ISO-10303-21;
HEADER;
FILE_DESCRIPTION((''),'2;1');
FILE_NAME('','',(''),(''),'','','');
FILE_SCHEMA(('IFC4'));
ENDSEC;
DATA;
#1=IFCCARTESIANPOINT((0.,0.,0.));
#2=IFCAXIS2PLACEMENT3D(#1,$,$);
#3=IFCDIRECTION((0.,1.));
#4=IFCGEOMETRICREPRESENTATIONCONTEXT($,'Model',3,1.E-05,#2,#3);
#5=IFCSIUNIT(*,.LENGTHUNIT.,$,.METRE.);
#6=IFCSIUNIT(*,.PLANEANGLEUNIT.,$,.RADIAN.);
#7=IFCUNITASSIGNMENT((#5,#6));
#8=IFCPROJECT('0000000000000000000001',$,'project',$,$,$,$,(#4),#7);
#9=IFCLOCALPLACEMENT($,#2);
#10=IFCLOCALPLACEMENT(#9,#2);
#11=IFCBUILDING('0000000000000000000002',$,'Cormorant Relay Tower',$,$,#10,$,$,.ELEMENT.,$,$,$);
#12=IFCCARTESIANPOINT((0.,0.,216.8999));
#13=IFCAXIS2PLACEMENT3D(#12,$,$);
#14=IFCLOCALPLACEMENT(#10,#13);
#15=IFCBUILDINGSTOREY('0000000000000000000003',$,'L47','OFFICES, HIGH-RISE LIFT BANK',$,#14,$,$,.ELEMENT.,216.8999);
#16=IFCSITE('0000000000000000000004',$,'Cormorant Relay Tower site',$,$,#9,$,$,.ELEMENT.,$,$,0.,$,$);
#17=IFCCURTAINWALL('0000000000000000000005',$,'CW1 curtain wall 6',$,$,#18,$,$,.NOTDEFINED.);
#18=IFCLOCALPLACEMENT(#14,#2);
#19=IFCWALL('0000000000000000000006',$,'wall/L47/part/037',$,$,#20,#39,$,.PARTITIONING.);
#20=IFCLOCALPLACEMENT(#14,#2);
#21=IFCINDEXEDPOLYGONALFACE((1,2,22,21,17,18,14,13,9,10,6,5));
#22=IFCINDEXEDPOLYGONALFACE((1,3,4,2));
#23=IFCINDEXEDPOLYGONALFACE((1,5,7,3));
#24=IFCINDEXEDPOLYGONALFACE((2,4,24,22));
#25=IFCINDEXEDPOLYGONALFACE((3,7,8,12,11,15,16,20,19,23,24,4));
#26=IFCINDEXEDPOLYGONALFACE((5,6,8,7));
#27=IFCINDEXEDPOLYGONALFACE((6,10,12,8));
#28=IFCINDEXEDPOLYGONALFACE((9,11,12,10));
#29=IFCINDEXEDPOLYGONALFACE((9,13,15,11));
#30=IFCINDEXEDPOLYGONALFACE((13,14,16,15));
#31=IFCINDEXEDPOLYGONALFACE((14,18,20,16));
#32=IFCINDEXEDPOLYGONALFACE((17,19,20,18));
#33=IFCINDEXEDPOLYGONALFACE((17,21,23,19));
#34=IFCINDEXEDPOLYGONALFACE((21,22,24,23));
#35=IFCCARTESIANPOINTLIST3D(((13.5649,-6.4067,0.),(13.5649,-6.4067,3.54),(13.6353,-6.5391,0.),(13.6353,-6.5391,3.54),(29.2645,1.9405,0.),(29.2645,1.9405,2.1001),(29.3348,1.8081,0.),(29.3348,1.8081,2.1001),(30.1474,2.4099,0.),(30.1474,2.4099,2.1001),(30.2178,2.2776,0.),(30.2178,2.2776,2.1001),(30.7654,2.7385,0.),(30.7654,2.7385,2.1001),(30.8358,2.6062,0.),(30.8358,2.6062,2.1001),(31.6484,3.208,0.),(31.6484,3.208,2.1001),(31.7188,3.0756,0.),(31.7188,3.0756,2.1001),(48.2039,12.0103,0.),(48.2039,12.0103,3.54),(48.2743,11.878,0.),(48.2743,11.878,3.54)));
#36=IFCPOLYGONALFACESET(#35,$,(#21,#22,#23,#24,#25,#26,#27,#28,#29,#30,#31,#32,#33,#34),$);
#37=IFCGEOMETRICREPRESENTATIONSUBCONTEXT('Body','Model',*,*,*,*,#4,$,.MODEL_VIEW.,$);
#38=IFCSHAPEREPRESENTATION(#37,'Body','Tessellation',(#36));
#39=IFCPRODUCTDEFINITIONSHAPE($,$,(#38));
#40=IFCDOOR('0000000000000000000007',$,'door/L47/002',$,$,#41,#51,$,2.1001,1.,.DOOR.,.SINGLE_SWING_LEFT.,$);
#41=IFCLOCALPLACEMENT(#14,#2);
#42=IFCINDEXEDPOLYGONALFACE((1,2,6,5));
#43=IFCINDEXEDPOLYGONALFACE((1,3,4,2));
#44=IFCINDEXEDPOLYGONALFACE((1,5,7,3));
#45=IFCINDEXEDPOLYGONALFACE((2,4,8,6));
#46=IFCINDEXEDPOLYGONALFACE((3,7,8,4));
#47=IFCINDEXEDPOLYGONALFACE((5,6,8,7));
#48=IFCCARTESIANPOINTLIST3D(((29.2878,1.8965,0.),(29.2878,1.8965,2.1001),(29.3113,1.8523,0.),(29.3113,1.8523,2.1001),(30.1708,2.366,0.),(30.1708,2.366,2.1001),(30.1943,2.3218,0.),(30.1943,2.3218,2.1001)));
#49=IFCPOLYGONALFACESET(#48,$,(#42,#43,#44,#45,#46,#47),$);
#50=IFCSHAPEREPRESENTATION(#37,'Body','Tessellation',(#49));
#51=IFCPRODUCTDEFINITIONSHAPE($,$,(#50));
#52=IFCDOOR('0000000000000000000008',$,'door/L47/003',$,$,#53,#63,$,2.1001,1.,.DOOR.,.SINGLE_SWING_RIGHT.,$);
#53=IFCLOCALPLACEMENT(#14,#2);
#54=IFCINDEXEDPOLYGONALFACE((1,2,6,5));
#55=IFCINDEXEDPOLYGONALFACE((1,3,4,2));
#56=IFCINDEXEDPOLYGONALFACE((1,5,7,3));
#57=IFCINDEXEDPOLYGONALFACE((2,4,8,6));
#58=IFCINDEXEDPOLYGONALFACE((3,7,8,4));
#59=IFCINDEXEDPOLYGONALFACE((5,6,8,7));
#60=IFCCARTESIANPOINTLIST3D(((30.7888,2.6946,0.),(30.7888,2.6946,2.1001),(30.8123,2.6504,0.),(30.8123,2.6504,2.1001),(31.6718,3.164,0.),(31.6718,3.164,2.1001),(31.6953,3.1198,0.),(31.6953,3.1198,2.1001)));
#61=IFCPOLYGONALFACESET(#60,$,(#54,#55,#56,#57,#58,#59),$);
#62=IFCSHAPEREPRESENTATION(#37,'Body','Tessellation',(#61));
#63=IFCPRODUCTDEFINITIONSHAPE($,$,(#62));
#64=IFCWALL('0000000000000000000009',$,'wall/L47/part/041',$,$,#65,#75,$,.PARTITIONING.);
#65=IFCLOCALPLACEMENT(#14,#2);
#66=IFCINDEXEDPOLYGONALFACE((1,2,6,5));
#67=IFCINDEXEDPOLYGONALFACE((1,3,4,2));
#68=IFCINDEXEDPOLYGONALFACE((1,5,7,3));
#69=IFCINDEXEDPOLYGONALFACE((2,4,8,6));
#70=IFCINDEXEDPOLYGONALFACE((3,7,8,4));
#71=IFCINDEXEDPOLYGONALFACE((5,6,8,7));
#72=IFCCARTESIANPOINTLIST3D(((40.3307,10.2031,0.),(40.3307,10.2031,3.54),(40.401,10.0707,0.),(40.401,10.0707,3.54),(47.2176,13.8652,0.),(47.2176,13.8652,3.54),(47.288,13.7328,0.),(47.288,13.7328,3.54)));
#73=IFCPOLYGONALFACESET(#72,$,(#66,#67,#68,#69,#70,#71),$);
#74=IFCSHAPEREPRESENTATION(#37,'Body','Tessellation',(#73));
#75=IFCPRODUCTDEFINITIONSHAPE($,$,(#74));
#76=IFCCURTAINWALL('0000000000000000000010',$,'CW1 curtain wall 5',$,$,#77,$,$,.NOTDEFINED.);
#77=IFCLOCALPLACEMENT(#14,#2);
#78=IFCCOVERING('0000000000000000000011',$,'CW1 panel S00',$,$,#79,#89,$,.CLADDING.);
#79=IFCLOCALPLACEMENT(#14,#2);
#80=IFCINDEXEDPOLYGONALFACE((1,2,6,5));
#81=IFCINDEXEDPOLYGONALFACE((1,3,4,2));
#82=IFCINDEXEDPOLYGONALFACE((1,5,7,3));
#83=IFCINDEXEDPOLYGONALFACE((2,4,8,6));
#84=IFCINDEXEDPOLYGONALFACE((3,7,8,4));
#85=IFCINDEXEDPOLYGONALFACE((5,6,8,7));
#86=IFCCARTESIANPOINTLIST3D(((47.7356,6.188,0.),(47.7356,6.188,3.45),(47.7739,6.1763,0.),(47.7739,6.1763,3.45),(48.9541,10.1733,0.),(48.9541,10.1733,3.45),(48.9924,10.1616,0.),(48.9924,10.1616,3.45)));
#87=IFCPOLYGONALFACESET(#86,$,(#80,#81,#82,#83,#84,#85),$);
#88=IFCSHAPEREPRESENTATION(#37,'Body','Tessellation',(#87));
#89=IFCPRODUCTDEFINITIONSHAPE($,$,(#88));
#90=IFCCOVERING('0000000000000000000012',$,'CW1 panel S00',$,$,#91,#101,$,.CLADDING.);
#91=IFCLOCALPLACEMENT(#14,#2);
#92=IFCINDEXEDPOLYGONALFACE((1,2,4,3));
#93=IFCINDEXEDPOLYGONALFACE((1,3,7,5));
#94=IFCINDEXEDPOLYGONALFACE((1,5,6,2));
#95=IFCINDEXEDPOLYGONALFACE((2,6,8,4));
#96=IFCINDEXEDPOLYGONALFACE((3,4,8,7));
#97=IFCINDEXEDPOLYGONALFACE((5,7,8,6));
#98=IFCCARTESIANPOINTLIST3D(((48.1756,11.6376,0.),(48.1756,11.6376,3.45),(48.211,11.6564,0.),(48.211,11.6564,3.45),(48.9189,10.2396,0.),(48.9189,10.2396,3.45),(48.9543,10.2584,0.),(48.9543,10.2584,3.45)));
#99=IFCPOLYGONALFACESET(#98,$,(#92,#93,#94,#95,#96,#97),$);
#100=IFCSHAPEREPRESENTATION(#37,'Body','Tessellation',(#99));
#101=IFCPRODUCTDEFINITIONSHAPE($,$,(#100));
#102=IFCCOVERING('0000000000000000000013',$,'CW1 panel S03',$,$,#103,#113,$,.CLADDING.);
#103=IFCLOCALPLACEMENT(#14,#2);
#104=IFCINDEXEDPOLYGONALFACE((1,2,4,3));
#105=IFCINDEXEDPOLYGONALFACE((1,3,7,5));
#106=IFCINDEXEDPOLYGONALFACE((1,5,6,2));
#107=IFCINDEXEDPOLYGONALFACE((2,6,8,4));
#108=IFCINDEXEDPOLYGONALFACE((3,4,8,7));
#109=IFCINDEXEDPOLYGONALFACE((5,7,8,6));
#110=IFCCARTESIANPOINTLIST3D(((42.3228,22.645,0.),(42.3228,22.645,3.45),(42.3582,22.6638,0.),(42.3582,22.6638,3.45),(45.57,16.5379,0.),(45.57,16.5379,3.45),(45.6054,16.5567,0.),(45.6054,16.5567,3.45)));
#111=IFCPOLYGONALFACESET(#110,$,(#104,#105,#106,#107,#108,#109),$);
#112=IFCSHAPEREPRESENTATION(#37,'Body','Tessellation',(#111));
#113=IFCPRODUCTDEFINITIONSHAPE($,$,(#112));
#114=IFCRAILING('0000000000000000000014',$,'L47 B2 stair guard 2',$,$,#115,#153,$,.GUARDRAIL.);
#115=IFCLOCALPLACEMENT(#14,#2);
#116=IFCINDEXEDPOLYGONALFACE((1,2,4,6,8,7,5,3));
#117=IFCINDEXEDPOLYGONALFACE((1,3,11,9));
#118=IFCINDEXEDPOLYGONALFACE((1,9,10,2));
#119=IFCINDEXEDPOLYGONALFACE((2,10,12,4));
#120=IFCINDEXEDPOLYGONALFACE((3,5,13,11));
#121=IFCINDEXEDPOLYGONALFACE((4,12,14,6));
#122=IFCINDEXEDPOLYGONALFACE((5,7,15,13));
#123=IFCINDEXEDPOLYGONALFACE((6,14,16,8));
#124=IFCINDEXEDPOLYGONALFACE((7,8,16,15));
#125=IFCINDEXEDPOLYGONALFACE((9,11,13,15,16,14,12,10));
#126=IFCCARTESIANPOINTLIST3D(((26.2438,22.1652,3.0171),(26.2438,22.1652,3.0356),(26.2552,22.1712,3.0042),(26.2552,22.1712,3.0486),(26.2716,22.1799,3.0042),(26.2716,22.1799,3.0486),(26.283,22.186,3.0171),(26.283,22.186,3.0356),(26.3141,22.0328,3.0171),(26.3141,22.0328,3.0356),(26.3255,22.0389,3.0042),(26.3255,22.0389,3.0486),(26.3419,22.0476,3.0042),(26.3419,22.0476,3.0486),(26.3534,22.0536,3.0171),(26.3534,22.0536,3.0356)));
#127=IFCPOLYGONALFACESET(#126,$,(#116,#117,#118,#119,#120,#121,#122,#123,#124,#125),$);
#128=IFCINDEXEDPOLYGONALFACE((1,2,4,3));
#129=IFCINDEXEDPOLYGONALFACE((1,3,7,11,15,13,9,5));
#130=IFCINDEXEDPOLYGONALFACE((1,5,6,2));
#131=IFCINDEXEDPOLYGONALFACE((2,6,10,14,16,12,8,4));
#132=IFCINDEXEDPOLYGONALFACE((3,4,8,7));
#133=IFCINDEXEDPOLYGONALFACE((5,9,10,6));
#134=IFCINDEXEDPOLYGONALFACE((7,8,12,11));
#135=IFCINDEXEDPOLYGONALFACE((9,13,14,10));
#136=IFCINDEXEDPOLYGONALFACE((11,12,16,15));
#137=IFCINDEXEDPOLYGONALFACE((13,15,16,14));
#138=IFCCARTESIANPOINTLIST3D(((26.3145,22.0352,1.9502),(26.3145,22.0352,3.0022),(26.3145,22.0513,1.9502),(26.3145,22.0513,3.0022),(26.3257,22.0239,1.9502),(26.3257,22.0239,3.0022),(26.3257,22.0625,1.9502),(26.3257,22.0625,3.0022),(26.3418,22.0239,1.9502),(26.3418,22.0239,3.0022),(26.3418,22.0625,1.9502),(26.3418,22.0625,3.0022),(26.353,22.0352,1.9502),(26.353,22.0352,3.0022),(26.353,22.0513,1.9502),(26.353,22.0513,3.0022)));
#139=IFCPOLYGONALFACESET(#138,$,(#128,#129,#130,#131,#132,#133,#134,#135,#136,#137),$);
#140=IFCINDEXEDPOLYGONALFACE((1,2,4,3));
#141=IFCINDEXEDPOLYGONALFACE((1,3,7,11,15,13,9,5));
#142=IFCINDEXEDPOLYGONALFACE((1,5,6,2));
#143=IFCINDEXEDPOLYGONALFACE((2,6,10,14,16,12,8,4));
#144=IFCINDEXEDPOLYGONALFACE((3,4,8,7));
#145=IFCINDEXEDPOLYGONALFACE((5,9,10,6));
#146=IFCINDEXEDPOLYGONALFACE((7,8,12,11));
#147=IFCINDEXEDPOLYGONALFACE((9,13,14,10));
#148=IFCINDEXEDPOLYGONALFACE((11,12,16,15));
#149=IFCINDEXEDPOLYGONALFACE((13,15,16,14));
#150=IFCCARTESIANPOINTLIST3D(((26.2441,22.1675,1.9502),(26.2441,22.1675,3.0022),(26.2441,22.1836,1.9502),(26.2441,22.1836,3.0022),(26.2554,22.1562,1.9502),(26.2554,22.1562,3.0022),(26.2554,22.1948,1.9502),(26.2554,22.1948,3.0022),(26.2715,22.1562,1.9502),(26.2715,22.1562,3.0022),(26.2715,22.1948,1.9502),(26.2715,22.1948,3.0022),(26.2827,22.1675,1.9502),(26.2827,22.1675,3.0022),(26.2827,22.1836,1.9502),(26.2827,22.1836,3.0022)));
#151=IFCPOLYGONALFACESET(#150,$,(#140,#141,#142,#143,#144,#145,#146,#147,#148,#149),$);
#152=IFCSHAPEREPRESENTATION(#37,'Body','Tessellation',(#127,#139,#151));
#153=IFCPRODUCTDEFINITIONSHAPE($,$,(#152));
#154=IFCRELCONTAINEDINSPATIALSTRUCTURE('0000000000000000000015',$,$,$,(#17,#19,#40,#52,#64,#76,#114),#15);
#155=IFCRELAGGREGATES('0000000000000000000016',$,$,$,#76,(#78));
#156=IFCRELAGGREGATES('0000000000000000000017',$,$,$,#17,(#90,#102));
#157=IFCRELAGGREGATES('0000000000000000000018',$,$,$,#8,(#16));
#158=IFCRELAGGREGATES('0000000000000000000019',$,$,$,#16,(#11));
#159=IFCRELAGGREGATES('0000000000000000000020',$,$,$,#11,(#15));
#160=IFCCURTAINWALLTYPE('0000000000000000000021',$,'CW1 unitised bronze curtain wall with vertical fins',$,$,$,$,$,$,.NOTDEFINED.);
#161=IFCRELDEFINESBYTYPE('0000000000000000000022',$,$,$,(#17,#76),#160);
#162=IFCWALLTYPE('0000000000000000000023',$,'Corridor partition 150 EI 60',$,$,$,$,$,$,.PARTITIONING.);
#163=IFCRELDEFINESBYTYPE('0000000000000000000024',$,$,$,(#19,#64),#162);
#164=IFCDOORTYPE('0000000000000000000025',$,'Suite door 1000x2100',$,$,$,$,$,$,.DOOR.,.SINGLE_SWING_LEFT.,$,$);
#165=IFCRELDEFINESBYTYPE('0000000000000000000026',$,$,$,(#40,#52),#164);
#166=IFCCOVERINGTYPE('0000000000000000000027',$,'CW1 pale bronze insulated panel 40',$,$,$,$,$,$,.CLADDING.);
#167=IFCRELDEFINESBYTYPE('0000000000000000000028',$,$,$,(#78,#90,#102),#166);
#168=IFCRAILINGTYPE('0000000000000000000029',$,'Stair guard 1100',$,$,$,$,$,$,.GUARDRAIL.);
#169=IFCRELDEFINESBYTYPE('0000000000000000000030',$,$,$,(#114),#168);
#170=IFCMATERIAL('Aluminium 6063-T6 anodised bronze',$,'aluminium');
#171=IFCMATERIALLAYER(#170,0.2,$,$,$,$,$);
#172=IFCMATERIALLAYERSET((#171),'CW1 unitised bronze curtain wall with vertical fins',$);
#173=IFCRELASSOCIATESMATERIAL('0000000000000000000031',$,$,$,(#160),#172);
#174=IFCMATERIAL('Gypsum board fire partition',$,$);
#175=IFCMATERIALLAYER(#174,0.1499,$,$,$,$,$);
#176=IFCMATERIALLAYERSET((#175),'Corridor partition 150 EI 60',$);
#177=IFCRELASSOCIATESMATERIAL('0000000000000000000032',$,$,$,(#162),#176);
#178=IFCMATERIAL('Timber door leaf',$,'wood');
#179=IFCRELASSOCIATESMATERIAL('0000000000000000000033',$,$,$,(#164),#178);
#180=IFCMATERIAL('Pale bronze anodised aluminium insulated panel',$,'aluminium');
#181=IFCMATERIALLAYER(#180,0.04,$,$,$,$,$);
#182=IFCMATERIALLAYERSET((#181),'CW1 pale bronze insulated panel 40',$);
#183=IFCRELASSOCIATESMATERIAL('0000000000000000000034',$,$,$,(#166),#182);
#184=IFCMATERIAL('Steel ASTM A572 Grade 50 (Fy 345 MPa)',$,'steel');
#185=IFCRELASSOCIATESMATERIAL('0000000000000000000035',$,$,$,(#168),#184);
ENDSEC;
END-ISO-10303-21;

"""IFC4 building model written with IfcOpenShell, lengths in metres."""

from ifc_helpers import new_model, si_unit, direction, frame, frame_2d, origin, origin_2d, place, context, subcontext, project, spatial, polyline, rectangle, outline, extrude, material, layer, layer_set, type_object, element, fill, aggregate, save


model = new_model("IFC4")

# Units and contexts
model_context = context("Model", 3, precision=1e-05, world=origin(), true_north=direction((0.0, 1.0)))
body_context = subcontext(model_context, "Body", "Model", "MODEL_VIEW")
ifc_project = project(units=[si_unit("LENGTHUNIT", "METRE"), si_unit("PLANEANGLEUNIT", "RADIAN")], contexts=[model_context])

# Site, building, storey
site_placement = place(None, origin())
site = spatial("IfcSite", under=ifc_project, at=site_placement, Name="Cormorant Relay Tower site", CompositionType="ELEMENT", RefElevation=0.0)
building_placement = place(site_placement, origin())
building = spatial("IfcBuilding", under=site, at=building_placement, Name="Cormorant Relay Tower", CompositionType="ELEMENT")
storey_placement = place(building_placement, frame((0.0, 0.0, 216.8999)))
storey = spatial("IfcBuildingStorey", under=building, at=storey_placement, Name="L47", Description="OFFICES, HIGH-RISE LIFT BANK", CompositionType="ELEMENT", Elevation=216.8999)

# Curtain wall
ifc_material_1 = material(Name="Aluminium 6063-T6 anodised bronze", Category="aluminium")
ifc_layer_1 = layer(ifc_material_1, 0.2)
ifc_layer_set_1 = layer_set([ifc_layer_1], Name="CW1 unitised bronze curtain wall with vertical fins")
curtain_wall_type = type_object("IfcCurtainWallType", Name="CW1 unitised bronze curtain wall with vertical fins", PredefinedType="NOTDEFINED", material=ifc_layer_set_1)
curtain_wall_1_placement = place(storey_placement, origin())
curtain_wall_1 = element("IfcCurtainWall", 1, at=curtain_wall_1_placement, inside=storey, type_object=curtain_wall_type, Name="CW1 curtain wall 6", PredefinedType="NOTDEFINED")

# Wall, openings, doors
ifc_material_2 = material(Name="Gypsum board fire partition")
ifc_layer_2 = layer(ifc_material_2, 0.1499)
ifc_layer_set_2 = layer_set([ifc_layer_2], Name="Corridor partition 150 EI 60")
wall_type_1 = type_object("IfcWallType", Name="Corridor partition 150 EI 60", PredefinedType="PARTITIONING", material=ifc_layer_set_2)
wall_1_placement = place(storey_placement, frame((48.239, 11.9441, 0.0), z_axis=(0.0, 0.0, 1.0), x_axis=(-0.882957, -0.469455, 0.0)))
wall_1 = element("IfcWall", 2, at=wall_1_placement, inside=storey, type_object=wall_type_1, Name="wall/L47/part/037", PredefinedType="PARTITIONING", context=body_context, shape_type="SweptSolid", body=[
    extrude(rectangle(XDim=39.2307, YDim=0.1499, at=frame_2d((19.6152, 0.0))), origin(), (0.0, 0.0, 1.0), 3.54),
])
opening_1_placement = place(wall_1_placement, frame((20.45, 0.0, 0.0)))
opening_1 = element("IfcOpeningElement", 3, at=opening_1_placement, cuts=wall_1, PredefinedType="OPENING", context=body_context, shape_type="SweptSolid", body=[
    extrude(rectangle(XDim=1.0, YDim=2.1001, at=frame_2d((0.5, 1.05))), frame((0.0, 0.085, 0.0), z_axis=(0.0, -1.0, 0.0), x_axis=(1.0, 0.0, 0.0)), (0.0, 0.0, 1.0), 0.1699),
])
opening_2_placement = place(wall_1_placement, frame((18.75, 0.0, 0.0)))
opening_2 = element("IfcOpeningElement", 4, at=opening_2_placement, cuts=wall_1, PredefinedType="OPENING", context=body_context, shape_type="SweptSolid", body=[
    extrude(rectangle(XDim=1.0, YDim=2.1001, at=frame_2d((0.5, 1.05))), frame((0.0, 0.085, 0.0), z_axis=(0.0, -1.0, 0.0), x_axis=(1.0, 0.0, 0.0)), (0.0, 0.0, 1.0), 0.1699),
])
ifc_material_3 = material(Name="Timber door leaf", Category="wood")
door_type_1 = type_object("IfcDoorType", Name="Suite door 1000x2100", OperationType="SINGLE_SWING_LEFT", PredefinedType="DOOR", material=ifc_material_3)
door_1_placement = place(opening_1_placement, origin())
door_1 = element("IfcDoor", 5, at=door_1_placement, inside=storey, type_object=door_type_1, Name="door/L47/002", OperationType="SINGLE_SWING_LEFT", OverallHeight=2.1001, OverallWidth=1.0, PredefinedType="DOOR", context=body_context, shape_type="SweptSolid", body=[
    extrude(rectangle(XDim=1.0, YDim=2.1001, at=frame_2d((0.5, 1.05))), frame((0.0, 0.0249, 0.0), z_axis=(0.0, -1.0, 0.0), x_axis=(1.0, 0.0, 0.0)), (0.0, 0.0, 1.0), 0.05),
])
fill(opening_1, door_1)
door_2_placement = place(opening_2_placement, origin())
door_2 = element("IfcDoor", 6, at=door_2_placement, inside=storey, type_object=door_type_1, Name="door/L47/003", OperationType="SINGLE_SWING_RIGHT", OverallHeight=2.1001, OverallWidth=1.0, PredefinedType="DOOR", context=body_context, shape_type="SweptSolid", body=[
    extrude(rectangle(XDim=1.0, YDim=2.1001, at=frame_2d((0.5, 1.05))), frame((0.0, 0.0249, 0.0), z_axis=(0.0, -1.0, 0.0), x_axis=(1.0, 0.0, 0.0)), (0.0, 0.0, 1.0), 0.05),
])
fill(opening_2, door_2)

# Wall
wall_2_placement = place(storey_placement, frame((40.366, 10.137, 0.0), z_axis=(0.0, 0.0, 1.0), x_axis=(0.882935, 0.469496, 0.0)))
element("IfcWall", 7, at=wall_2_placement, inside=storey, type_object=wall_type_1, Name="wall/L47/part/041", PredefinedType="PARTITIONING", context=body_context, shape_type="SweptSolid", body=[
    extrude(rectangle(XDim=7.8, YDim=0.1499, at=frame_2d((3.8999, 0.0))), origin(), (0.0, 0.0, 1.0), 3.54),
])

# Curtain wall, covering
curtain_wall_2_placement = place(storey_placement, origin())
curtain_wall_2 = element("IfcCurtainWall", 8, at=curtain_wall_2_placement, inside=storey, type_object=curtain_wall_type, Name="CW1 curtain wall 5", PredefinedType="NOTDEFINED")
ifc_material_4 = material(Name="Pale bronze anodised aluminium insulated panel", Category="aluminium")
ifc_layer_3 = layer(ifc_material_4, 0.04)
ifc_layer_set_3 = layer_set([ifc_layer_3], Name="CW1 pale bronze insulated panel 40")
covering_type = type_object("IfcCoveringType", Name="CW1 pale bronze insulated panel 40", PredefinedType="CLADDING", material=ifc_layer_set_3)
covering_1_placement = place(storey_placement, frame((48.364, 8.1748, 0.0), z_axis=(0.0, 0.0, 1.0), x_axis=(0.292372, 0.956305, 0.0)))
covering_1 = element("IfcCovering", 9, at=covering_1_placement, type_object=covering_type, Name="CW1 panel S00", PredefinedType="CLADDING", context=body_context, shape_type="SweptSolid", body=[
    extrude(rectangle(XDim=4.1675, YDim=0.04, at=origin_2d()), origin(), (0.0, 0.0, 1.0), 3.45),
])
aggregate(curtain_wall_2, [covering_1])

# Coverings
covering_2_placement = place(storey_placement, frame((48.5649, 10.948, 0.0), z_axis=(0.0, 0.0, 1.0), x_axis=(-0.469472, 0.882948, 0.0)))
covering_2 = element("IfcCovering", 10, at=covering_2_placement, type_object=covering_type, Name="CW1 panel S00", PredefinedType="CLADDING", context=body_context, shape_type="SweptSolid", body=[
    extrude(rectangle(XDim=1.5833, YDim=0.04, at=origin_2d()), origin(), (0.0, 0.0, 1.0), 3.45),
])
covering_3_placement = place(storey_placement, frame((43.9641, 19.6008, 0.0), z_axis=(0.0, 0.0, 1.0), x_axis=(-0.469472, 0.882948, 0.0)))
covering_3 = element("IfcCovering", 11, at=covering_3_placement, type_object=covering_type, Name="CW1 panel S03", PredefinedType="CLADDING", context=body_context, shape_type="SweptSolid", body=[
    extrude(rectangle(XDim=6.9167, YDim=0.04, at=origin_2d()), origin(), (0.0, 0.0, 1.0), 3.45),
])
aggregate(curtain_wall_1, [covering_2, covering_3])

# Railing
ifc_material_5 = material(Name="Steel ASTM A572 Grade 50 (Fy 345 MPa)", Category="steel")
railing_type = type_object("IfcRailingType", Name="Stair guard 1100", PredefinedType="GUARDRAIL", material=ifc_material_5)
railing_1_placement = place(storey_placement, frame((26.3337, 22.0432, 1.9502)))
element("IfcRailing", 12, at=railing_1_placement, inside=storey, type_object=railing_type, Name="L47 B2 stair guard 2", PredefinedType="GUARDRAIL", context=body_context, shape_type="SweptSolid", body=[
    extrude(outline(polyline([(0.0222, 0.0093), (0.0093, 0.0222), (-0.0093, 0.0222), (-0.0222, 0.0093), (-0.0222, -0.0093), (-0.0093, -0.0222), (0.0093, -0.0222), (0.0222, -0.0093), (0.0222, 0.0093)])), frame((0.0, 0.0, 1.0762), z_axis=(-0.469235, 0.883074, 0.0), x_axis=(-0.883074, -0.469235, 0.0)), (0.0, 0.0, 1.0), 0.1499),
    extrude(outline(polyline([(0.0193, 0.0081), (0.0081, 0.0193), (-0.0081, 0.0193), (-0.0193, 0.0081), (-0.0193, -0.0081), (-0.0081, -0.0193), (0.0081, -0.0193), (0.0193, -0.0081), (0.0193, 0.0081)])), origin(), (0.0, 0.0, 1.0), 1.052),
    extrude(outline(polyline([(0.0193, 0.0081), (0.0081, 0.0193), (-0.0081, 0.0193), (-0.0193, 0.0081), (-0.0193, -0.0081), (-0.0081, -0.0193), (0.0081, -0.0193), (0.0193, -0.0081), (0.0193, 0.0081)])), frame((-0.0703, 0.1323, 0.0)), (0.0, 0.0, 1.0), 1.052),
])

save(model, "model.ifc")
